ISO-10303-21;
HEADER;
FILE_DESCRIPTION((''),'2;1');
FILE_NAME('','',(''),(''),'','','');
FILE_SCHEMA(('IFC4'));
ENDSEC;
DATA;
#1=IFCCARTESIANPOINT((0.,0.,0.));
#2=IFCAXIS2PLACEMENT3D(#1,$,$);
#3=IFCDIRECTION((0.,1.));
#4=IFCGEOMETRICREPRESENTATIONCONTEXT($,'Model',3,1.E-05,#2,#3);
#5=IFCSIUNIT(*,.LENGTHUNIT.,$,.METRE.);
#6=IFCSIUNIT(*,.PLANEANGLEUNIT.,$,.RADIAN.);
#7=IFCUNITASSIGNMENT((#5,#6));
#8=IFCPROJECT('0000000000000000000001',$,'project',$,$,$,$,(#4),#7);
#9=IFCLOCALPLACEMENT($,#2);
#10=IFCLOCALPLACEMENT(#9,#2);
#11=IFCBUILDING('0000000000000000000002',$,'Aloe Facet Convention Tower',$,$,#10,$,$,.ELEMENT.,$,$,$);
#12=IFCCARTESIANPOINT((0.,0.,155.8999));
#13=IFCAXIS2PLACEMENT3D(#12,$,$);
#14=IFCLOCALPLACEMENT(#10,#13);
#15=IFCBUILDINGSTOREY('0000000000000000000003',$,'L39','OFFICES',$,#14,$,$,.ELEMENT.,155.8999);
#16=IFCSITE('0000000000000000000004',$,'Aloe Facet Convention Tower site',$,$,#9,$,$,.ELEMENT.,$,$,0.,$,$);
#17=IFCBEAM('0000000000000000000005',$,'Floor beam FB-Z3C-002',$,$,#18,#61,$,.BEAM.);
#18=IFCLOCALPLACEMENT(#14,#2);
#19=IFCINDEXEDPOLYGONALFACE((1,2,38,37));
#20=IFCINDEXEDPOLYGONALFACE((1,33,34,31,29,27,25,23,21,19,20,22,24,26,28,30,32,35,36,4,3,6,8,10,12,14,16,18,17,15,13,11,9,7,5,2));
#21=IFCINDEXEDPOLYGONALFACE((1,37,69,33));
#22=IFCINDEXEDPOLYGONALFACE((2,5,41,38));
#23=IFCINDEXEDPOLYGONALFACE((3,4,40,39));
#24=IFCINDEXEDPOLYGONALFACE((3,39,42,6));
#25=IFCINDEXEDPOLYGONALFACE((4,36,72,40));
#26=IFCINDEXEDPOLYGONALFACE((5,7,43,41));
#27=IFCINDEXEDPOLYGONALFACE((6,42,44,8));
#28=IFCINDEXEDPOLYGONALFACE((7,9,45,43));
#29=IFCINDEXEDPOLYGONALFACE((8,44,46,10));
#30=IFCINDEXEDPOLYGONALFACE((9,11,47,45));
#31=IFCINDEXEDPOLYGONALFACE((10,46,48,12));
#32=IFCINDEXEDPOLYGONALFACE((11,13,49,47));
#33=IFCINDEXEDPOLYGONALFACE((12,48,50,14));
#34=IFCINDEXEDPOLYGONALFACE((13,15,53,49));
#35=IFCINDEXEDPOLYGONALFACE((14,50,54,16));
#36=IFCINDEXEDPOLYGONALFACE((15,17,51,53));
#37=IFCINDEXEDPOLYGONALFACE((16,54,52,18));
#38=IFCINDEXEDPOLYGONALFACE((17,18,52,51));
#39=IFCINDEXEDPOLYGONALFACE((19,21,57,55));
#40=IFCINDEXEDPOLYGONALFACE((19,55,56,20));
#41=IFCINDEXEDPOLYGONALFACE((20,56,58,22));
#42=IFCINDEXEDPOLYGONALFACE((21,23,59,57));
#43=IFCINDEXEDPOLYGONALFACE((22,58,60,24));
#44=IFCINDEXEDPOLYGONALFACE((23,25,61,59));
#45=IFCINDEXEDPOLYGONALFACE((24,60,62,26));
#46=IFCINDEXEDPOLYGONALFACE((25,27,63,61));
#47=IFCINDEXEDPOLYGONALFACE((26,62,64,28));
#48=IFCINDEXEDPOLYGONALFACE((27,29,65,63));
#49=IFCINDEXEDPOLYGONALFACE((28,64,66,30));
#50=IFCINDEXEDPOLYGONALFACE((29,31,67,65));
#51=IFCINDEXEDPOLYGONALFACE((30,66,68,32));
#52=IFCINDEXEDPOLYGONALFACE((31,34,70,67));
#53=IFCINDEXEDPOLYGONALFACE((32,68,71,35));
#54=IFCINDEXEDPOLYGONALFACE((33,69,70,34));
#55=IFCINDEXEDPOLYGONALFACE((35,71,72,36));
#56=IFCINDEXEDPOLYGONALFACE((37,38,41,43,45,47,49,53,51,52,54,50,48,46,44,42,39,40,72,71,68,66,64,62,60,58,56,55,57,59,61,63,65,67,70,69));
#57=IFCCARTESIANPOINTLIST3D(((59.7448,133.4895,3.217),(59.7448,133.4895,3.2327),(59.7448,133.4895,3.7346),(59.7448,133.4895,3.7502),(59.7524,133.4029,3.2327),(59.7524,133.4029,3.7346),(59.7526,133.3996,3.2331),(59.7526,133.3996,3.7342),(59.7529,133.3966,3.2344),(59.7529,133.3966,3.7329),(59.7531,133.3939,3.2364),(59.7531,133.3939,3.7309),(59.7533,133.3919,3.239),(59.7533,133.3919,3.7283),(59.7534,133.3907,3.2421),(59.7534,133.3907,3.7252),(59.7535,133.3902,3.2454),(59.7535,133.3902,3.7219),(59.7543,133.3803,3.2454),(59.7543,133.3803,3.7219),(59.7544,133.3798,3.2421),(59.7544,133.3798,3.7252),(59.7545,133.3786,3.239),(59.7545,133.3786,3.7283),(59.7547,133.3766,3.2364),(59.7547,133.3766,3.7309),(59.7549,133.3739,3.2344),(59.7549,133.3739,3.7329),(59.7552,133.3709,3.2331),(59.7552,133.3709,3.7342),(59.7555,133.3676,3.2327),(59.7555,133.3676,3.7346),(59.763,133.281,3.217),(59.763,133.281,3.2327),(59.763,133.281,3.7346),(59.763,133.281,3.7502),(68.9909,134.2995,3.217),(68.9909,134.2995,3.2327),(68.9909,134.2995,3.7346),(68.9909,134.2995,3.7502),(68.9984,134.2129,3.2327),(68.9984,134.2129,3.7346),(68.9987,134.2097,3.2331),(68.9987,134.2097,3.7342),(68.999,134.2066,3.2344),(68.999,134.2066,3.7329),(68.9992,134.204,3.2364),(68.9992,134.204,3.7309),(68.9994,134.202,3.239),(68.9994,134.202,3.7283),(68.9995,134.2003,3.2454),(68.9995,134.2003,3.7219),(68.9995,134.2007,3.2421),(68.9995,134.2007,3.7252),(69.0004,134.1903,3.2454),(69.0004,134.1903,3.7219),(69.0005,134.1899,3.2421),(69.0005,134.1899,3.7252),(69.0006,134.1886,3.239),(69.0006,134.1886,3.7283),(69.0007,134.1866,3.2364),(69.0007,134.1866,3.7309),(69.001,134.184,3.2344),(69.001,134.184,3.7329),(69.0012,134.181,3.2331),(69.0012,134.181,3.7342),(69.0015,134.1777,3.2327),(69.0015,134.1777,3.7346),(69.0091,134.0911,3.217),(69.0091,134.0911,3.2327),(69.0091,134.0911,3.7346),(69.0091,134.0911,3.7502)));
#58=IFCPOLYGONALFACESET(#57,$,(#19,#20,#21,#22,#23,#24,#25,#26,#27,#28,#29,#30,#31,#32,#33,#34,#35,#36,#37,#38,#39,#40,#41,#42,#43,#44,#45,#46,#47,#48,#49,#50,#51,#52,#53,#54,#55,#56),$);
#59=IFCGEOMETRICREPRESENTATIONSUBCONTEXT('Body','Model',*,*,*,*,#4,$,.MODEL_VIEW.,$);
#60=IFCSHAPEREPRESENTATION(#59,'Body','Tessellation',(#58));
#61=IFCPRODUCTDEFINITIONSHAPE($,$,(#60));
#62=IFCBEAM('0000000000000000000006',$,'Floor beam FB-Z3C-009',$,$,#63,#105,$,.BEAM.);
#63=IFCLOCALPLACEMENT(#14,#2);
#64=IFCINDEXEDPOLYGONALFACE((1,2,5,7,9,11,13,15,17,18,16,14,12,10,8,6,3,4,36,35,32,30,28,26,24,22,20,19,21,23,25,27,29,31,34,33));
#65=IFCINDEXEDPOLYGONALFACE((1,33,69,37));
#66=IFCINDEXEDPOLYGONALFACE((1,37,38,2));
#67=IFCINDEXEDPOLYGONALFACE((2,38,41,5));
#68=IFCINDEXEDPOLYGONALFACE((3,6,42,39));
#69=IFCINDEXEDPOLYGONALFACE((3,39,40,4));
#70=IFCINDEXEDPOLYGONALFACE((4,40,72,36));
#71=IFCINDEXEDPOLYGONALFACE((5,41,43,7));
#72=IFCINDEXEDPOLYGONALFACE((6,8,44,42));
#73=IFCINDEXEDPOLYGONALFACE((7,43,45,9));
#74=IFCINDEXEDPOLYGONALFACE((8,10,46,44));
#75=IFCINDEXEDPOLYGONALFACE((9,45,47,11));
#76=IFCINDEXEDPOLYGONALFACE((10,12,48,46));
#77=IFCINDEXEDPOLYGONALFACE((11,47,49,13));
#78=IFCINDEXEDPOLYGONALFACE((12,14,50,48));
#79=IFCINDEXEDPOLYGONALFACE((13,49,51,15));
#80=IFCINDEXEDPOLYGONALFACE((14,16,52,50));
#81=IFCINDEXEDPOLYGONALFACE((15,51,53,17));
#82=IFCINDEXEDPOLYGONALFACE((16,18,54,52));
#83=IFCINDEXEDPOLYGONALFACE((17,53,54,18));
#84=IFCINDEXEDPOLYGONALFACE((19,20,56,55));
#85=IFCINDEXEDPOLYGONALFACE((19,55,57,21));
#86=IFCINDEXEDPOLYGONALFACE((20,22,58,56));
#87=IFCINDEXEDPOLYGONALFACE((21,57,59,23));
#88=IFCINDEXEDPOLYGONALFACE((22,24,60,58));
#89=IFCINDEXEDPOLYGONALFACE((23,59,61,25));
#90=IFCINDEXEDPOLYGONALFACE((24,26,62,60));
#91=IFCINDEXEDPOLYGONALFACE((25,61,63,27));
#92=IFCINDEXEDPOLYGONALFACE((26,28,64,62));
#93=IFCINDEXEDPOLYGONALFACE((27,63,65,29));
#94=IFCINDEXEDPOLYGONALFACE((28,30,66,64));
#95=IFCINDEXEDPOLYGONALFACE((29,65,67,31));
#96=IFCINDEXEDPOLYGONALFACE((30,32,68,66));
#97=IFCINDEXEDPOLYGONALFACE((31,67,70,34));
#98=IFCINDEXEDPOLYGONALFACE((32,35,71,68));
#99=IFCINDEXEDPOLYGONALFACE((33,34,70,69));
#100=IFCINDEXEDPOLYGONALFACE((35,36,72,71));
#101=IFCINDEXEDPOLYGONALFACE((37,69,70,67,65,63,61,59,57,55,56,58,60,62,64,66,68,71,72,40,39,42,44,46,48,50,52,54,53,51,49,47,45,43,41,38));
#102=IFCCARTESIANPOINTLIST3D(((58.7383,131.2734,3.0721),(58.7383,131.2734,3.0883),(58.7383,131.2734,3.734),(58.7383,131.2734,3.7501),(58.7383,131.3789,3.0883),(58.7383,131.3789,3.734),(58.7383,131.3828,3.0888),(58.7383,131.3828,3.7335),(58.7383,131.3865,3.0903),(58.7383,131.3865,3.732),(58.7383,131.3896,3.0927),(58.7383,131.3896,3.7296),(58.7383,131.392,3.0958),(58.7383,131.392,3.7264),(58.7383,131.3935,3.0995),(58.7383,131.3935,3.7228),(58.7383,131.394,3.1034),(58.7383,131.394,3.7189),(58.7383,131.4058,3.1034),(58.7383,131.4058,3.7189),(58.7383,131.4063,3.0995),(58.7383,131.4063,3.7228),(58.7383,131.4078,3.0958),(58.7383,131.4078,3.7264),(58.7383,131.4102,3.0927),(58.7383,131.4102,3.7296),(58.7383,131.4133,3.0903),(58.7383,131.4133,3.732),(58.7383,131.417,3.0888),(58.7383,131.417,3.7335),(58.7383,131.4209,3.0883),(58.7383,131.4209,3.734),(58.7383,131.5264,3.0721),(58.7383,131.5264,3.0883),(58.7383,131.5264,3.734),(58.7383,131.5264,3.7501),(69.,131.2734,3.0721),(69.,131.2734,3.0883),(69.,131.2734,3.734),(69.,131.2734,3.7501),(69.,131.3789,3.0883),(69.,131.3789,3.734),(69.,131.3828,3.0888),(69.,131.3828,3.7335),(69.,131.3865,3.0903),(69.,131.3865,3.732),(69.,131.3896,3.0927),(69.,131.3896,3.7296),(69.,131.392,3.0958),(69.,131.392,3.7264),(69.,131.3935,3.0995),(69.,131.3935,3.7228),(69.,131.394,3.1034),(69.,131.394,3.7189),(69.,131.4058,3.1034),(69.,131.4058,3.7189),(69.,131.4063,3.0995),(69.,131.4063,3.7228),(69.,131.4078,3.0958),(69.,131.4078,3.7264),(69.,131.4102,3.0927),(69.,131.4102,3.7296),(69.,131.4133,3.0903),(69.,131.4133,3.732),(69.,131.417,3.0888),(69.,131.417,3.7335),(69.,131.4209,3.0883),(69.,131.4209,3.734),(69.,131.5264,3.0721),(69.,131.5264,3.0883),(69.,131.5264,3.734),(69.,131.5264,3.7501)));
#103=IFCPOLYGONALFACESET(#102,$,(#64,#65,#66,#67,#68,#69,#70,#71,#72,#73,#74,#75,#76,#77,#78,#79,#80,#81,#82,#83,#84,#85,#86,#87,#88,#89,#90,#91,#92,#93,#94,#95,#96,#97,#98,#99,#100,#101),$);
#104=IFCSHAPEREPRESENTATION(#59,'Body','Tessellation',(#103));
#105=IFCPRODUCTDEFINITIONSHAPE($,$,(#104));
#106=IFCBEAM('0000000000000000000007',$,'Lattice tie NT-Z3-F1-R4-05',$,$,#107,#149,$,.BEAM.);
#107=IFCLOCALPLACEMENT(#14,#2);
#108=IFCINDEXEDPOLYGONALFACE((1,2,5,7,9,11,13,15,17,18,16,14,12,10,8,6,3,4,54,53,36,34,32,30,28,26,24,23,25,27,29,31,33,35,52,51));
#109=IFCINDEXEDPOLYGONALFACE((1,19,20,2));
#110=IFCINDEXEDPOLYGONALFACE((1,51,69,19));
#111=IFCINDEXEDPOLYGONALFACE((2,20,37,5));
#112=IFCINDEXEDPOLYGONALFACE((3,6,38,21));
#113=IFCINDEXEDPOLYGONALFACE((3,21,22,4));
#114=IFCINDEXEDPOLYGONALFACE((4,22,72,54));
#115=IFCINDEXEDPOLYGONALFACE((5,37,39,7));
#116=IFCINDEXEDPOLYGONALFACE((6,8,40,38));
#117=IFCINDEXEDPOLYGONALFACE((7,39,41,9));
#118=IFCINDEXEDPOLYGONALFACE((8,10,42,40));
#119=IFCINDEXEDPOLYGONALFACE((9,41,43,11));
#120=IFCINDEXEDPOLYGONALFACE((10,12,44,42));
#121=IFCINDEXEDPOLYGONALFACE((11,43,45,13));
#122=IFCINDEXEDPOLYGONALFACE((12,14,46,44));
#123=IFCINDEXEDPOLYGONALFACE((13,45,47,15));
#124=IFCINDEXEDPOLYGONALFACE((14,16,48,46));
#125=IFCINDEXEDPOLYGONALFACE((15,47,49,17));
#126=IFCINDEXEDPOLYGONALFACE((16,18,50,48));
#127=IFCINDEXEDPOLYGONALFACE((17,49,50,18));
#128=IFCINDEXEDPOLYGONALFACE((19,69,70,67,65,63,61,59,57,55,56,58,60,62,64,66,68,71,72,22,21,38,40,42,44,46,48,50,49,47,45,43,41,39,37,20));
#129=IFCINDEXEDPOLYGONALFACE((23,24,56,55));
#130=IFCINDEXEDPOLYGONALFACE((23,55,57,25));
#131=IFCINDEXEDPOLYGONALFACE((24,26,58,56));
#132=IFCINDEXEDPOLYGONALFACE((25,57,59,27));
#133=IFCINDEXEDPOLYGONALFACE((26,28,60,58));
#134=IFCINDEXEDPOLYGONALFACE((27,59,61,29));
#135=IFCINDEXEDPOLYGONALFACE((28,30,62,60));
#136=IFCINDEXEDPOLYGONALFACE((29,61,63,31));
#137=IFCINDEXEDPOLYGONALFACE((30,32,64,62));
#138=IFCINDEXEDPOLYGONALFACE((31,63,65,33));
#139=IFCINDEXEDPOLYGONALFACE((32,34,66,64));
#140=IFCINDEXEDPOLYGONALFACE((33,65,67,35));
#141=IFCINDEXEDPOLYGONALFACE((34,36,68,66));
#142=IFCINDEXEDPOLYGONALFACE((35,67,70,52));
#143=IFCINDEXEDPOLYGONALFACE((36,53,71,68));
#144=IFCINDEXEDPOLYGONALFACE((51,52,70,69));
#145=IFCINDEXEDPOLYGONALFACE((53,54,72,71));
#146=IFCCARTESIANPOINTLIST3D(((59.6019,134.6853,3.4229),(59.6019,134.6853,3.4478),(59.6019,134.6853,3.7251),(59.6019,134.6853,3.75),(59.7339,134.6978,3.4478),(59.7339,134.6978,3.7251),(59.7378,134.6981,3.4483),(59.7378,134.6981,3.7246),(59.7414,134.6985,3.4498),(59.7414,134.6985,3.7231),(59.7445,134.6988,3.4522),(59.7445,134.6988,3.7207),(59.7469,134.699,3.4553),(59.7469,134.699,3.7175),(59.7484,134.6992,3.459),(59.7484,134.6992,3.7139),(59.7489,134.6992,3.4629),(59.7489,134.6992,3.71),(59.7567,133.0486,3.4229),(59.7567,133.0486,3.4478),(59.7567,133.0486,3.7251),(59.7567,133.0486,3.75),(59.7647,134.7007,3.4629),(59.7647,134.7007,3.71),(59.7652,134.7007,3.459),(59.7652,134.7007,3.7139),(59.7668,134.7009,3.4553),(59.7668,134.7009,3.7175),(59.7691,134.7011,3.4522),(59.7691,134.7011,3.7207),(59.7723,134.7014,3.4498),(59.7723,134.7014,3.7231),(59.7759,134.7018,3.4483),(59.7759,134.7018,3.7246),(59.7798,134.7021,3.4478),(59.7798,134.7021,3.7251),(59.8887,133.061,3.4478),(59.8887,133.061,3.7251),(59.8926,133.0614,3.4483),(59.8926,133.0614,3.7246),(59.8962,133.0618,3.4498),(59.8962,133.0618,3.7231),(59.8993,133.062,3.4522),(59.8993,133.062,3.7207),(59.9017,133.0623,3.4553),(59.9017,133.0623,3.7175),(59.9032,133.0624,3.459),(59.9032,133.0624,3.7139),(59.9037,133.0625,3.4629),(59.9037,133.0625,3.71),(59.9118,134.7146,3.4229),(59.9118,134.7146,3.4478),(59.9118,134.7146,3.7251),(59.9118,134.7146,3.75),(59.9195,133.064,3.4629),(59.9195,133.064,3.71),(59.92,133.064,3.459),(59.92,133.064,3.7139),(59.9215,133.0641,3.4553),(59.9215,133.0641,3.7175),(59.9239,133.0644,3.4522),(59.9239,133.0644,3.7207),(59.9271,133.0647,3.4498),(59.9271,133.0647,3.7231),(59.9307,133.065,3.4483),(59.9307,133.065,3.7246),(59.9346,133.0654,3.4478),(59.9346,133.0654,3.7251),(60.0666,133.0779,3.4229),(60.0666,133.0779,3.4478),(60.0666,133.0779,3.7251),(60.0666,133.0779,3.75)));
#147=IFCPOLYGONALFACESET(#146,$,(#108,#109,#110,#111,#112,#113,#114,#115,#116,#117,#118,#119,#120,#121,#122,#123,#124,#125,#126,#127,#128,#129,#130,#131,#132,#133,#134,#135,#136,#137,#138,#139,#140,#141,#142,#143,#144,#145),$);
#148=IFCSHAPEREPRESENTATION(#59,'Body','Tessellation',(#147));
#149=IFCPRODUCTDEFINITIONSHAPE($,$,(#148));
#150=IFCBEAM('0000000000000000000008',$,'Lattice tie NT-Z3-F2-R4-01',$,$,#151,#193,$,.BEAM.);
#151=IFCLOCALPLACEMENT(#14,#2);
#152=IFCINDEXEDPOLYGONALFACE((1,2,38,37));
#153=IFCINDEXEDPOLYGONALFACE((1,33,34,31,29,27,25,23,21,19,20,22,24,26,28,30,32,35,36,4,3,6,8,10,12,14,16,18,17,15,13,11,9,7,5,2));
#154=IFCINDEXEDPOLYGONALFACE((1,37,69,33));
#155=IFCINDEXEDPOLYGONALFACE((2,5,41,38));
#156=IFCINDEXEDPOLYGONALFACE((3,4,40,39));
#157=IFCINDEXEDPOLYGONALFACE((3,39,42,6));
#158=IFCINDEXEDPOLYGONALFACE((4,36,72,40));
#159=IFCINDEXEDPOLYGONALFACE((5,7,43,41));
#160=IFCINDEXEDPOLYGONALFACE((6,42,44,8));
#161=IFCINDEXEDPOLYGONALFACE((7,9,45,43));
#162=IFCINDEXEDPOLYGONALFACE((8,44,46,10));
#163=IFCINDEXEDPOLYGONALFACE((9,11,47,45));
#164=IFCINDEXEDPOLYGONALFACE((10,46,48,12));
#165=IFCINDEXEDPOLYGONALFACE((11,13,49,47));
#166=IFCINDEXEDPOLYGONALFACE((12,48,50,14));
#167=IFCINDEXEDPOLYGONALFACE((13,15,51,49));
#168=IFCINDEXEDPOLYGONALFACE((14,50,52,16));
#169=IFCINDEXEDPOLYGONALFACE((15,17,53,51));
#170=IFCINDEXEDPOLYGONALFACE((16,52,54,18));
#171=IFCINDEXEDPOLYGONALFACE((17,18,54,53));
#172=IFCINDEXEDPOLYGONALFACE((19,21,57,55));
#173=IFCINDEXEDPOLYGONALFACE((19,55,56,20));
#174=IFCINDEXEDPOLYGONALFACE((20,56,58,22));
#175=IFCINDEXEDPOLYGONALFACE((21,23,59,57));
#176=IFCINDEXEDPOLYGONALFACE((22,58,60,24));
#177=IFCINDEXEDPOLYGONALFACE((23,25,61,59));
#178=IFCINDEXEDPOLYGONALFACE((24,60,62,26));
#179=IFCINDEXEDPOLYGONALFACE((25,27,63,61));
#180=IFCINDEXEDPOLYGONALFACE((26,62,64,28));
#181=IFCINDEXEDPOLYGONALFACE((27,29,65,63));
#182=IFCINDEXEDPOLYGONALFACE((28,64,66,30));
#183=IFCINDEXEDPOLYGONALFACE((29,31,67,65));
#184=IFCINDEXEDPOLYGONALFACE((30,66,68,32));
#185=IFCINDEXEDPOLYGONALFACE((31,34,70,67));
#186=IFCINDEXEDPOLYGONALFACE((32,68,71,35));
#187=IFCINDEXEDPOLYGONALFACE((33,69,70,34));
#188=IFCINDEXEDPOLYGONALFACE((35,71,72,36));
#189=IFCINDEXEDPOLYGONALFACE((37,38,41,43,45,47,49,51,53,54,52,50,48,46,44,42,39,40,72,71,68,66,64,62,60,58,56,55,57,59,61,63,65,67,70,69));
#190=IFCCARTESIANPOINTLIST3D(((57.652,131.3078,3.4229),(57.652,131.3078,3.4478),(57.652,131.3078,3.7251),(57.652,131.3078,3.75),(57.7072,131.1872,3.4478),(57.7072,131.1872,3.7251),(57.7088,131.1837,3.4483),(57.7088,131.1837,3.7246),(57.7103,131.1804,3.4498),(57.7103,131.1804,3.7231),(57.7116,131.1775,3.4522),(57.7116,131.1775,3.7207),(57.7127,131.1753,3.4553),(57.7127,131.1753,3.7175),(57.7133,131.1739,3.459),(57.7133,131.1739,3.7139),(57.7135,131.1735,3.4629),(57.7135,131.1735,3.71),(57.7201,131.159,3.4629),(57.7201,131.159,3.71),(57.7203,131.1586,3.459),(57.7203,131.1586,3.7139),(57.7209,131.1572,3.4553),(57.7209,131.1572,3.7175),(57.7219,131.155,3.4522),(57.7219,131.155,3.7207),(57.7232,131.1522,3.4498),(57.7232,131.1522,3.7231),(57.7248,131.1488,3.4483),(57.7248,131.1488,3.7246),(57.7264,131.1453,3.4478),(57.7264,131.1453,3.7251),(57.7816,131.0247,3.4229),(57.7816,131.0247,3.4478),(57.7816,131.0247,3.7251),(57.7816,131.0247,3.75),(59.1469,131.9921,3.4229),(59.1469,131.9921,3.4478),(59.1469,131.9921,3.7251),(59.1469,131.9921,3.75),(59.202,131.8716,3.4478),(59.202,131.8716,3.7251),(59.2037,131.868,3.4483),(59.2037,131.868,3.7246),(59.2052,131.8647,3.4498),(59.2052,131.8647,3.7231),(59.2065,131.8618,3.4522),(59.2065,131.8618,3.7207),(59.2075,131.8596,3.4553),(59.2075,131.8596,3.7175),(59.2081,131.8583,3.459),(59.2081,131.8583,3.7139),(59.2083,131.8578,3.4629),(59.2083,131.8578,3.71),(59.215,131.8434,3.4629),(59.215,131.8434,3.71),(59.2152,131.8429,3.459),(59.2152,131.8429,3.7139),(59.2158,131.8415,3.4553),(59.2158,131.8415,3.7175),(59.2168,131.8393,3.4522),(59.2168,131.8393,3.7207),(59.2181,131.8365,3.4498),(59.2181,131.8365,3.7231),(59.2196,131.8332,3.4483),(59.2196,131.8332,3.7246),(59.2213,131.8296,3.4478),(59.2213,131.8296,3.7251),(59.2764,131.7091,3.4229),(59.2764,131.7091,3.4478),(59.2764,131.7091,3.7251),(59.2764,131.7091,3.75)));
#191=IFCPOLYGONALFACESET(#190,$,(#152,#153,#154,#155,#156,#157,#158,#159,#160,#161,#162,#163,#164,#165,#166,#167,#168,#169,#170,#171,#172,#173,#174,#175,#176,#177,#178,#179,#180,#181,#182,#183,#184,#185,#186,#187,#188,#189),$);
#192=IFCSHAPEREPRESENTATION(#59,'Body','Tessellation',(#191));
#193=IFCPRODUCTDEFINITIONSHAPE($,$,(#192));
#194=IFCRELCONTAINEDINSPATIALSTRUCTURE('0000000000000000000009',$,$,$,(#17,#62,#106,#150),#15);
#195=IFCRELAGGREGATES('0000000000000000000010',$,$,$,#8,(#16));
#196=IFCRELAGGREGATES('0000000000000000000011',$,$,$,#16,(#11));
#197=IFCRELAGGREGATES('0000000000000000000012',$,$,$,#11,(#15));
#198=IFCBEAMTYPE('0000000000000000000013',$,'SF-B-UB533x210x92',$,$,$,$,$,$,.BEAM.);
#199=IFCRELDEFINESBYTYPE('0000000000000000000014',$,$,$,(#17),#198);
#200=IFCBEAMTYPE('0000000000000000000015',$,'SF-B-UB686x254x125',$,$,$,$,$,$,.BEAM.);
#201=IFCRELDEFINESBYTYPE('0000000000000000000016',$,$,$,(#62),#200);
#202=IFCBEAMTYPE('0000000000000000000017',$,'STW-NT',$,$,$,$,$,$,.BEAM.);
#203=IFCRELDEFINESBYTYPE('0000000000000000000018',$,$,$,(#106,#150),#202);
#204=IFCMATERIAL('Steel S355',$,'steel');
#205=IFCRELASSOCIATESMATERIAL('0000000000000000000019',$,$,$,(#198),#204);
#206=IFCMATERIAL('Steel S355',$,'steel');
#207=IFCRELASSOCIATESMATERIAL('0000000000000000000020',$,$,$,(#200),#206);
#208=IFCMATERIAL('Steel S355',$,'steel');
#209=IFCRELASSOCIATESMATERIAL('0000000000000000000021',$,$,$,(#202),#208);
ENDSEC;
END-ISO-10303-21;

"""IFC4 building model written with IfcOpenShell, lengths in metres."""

from ifc_helpers import new_model, si_unit, direction, frame, origin, origin_2d, place, context, subcontext, project, spatial, i_section, extrude, material, material_profile, profile_set, type_object, element, save


model = new_model("IFC4")

# Units and contexts
model_context = context("Model", 3, precision=1e-05, world=origin(), true_north=direction((0.0, 1.0)))
body_context = subcontext(model_context, "Body", "Model", "MODEL_VIEW")
ifc_project = project(units=[si_unit("LENGTHUNIT", "METRE"), si_unit("PLANEANGLEUNIT", "RADIAN")], contexts=[model_context])

# Site, building, storey
site_placement = place(None, origin())
site = spatial("IfcSite", under=ifc_project, at=site_placement, Name="Aloe Facet Convention Tower site", CompositionType="ELEMENT", RefElevation=0.0)
building_placement = place(site_placement, origin())
building = spatial("IfcBuilding", under=site, at=building_placement, Name="Aloe Facet Convention Tower", CompositionType="ELEMENT")
storey_placement = place(building_placement, frame((0.0, 0.0, 155.8999)))
storey = spatial("IfcBuildingStorey", under=building, at=storey_placement, Name="L39", Description="OFFICES", CompositionType="ELEMENT", Elevation=155.8999)

# Beams
ifc_material_1 = material(Name="Steel S355", Category="steel")
ifc_material_profile_1 = material_profile(ifc_material_1, i_section(OverallWidth=0.2092, OverallDepth=0.5332, WebThickness=0.01, FlangeThickness=0.0156, FilletRadius=0.0127, at=origin_2d()), Name="UB 533x210x92")
ifc_profile_set_1 = profile_set([ifc_material_profile_1], Name="Steel S355")
beam_type_1 = type_object("IfcBeamType", Name="SF-B-UB533x210x92", PredefinedType="BEAM", material=ifc_profile_set_1)
beam_1_placement = place(storey_placement, frame((59.7539, 133.3853, 3.4836), z_axis=(0.996184, 0.087277, 0.0), x_axis=(-0.087277, 0.996184, 0.0)))
element("IfcBeam", 1, at=beam_1_placement, inside=storey, type_object=beam_type_1, Name="Floor beam FB-Z3C-002", PredefinedType="BEAM", context=body_context, shape_type="SweptSolid", body=[
    extrude(i_section(OverallWidth=0.2092, OverallDepth=0.5332, WebThickness=0.01, FlangeThickness=0.0156, FilletRadius=0.0127, at=origin_2d()), origin(), (0.0, 0.0, 1.0), 9.2815),
])
ifc_material_2 = material(Name="Steel S355", Category="steel")
ifc_material_profile_2 = material_profile(ifc_material_2, i_section(OverallWidth=0.2529, OverallDepth=0.678, WebThickness=0.0117, FlangeThickness=0.0161, FilletRadius=0.0151, at=origin_2d()), Name="UB 686x254x125")
ifc_profile_set_2 = profile_set([ifc_material_profile_2], Name="Steel S355")
beam_type_2 = type_object("IfcBeamType", Name="SF-B-UB686x254x125", PredefinedType="BEAM", material=ifc_profile_set_2)
beam_2_placement = place(storey_placement, frame((58.7383, 131.3999, 3.4111), z_axis=(1.0, 0.0, 0.0), x_axis=(0.0, 1.0, 0.0)))
element("IfcBeam", 2, at=beam_2_placement, inside=storey, type_object=beam_type_2, Name="Floor beam FB-Z3C-009", PredefinedType="BEAM", context=body_context, shape_type="SweptSolid", body=[
    extrude(i_section(OverallWidth=0.2529, OverallDepth=0.678, WebThickness=0.0117, FlangeThickness=0.0161, FilletRadius=0.0151, at=origin_2d()), origin(), (0.0, 0.0, 1.0), 10.2617),
])
ifc_material_3 = material(Name="Steel S355", Category="steel")
ifc_material_profile_3 = material_profile(ifc_material_3, i_section(OverallWidth=0.3113, OverallDepth=0.3271, WebThickness=0.0159, FlangeThickness=0.0249, FilletRadius=0.0151, at=origin_2d()), Name="UC 305x305x158")
ifc_profile_set_3 = profile_set([ifc_material_profile_3], Name="Steel S355")
beam_type_3 = type_object("IfcBeamType", Name="STW-NT", PredefinedType="BEAM", material=ifc_profile_set_3)
for number, where, z_axis, x_axis, name in (
    (3, (59.7568, 134.7, 3.5864), (0.09415, -0.995558, 0.0), (0.995558, 0.09415, 0.0), "Lattice tie NT-Z3-F1-R4-05"),
    (4, (57.7168, 131.1663, 3.5864), (0.909255, 0.41624, 0.0), (-0.41624, 0.909255, 0.0), "Lattice tie NT-Z3-F2-R4-01"),
):
    element("IfcBeam", number, at=place(storey_placement, frame(where, z_axis=z_axis, x_axis=x_axis)), inside=storey, type_object=beam_type_3, Name=name, PredefinedType="BEAM", context=body_context, shape_type="SweptSolid", body=[
        extrude(i_section(OverallWidth=0.3113, OverallDepth=0.3271, WebThickness=0.0159, FlangeThickness=0.0249, FilletRadius=0.0151, at=origin_2d()), origin(), (0.0, 0.0, 1.0), 1.644),
    ])

save(model, "model.ifc")
